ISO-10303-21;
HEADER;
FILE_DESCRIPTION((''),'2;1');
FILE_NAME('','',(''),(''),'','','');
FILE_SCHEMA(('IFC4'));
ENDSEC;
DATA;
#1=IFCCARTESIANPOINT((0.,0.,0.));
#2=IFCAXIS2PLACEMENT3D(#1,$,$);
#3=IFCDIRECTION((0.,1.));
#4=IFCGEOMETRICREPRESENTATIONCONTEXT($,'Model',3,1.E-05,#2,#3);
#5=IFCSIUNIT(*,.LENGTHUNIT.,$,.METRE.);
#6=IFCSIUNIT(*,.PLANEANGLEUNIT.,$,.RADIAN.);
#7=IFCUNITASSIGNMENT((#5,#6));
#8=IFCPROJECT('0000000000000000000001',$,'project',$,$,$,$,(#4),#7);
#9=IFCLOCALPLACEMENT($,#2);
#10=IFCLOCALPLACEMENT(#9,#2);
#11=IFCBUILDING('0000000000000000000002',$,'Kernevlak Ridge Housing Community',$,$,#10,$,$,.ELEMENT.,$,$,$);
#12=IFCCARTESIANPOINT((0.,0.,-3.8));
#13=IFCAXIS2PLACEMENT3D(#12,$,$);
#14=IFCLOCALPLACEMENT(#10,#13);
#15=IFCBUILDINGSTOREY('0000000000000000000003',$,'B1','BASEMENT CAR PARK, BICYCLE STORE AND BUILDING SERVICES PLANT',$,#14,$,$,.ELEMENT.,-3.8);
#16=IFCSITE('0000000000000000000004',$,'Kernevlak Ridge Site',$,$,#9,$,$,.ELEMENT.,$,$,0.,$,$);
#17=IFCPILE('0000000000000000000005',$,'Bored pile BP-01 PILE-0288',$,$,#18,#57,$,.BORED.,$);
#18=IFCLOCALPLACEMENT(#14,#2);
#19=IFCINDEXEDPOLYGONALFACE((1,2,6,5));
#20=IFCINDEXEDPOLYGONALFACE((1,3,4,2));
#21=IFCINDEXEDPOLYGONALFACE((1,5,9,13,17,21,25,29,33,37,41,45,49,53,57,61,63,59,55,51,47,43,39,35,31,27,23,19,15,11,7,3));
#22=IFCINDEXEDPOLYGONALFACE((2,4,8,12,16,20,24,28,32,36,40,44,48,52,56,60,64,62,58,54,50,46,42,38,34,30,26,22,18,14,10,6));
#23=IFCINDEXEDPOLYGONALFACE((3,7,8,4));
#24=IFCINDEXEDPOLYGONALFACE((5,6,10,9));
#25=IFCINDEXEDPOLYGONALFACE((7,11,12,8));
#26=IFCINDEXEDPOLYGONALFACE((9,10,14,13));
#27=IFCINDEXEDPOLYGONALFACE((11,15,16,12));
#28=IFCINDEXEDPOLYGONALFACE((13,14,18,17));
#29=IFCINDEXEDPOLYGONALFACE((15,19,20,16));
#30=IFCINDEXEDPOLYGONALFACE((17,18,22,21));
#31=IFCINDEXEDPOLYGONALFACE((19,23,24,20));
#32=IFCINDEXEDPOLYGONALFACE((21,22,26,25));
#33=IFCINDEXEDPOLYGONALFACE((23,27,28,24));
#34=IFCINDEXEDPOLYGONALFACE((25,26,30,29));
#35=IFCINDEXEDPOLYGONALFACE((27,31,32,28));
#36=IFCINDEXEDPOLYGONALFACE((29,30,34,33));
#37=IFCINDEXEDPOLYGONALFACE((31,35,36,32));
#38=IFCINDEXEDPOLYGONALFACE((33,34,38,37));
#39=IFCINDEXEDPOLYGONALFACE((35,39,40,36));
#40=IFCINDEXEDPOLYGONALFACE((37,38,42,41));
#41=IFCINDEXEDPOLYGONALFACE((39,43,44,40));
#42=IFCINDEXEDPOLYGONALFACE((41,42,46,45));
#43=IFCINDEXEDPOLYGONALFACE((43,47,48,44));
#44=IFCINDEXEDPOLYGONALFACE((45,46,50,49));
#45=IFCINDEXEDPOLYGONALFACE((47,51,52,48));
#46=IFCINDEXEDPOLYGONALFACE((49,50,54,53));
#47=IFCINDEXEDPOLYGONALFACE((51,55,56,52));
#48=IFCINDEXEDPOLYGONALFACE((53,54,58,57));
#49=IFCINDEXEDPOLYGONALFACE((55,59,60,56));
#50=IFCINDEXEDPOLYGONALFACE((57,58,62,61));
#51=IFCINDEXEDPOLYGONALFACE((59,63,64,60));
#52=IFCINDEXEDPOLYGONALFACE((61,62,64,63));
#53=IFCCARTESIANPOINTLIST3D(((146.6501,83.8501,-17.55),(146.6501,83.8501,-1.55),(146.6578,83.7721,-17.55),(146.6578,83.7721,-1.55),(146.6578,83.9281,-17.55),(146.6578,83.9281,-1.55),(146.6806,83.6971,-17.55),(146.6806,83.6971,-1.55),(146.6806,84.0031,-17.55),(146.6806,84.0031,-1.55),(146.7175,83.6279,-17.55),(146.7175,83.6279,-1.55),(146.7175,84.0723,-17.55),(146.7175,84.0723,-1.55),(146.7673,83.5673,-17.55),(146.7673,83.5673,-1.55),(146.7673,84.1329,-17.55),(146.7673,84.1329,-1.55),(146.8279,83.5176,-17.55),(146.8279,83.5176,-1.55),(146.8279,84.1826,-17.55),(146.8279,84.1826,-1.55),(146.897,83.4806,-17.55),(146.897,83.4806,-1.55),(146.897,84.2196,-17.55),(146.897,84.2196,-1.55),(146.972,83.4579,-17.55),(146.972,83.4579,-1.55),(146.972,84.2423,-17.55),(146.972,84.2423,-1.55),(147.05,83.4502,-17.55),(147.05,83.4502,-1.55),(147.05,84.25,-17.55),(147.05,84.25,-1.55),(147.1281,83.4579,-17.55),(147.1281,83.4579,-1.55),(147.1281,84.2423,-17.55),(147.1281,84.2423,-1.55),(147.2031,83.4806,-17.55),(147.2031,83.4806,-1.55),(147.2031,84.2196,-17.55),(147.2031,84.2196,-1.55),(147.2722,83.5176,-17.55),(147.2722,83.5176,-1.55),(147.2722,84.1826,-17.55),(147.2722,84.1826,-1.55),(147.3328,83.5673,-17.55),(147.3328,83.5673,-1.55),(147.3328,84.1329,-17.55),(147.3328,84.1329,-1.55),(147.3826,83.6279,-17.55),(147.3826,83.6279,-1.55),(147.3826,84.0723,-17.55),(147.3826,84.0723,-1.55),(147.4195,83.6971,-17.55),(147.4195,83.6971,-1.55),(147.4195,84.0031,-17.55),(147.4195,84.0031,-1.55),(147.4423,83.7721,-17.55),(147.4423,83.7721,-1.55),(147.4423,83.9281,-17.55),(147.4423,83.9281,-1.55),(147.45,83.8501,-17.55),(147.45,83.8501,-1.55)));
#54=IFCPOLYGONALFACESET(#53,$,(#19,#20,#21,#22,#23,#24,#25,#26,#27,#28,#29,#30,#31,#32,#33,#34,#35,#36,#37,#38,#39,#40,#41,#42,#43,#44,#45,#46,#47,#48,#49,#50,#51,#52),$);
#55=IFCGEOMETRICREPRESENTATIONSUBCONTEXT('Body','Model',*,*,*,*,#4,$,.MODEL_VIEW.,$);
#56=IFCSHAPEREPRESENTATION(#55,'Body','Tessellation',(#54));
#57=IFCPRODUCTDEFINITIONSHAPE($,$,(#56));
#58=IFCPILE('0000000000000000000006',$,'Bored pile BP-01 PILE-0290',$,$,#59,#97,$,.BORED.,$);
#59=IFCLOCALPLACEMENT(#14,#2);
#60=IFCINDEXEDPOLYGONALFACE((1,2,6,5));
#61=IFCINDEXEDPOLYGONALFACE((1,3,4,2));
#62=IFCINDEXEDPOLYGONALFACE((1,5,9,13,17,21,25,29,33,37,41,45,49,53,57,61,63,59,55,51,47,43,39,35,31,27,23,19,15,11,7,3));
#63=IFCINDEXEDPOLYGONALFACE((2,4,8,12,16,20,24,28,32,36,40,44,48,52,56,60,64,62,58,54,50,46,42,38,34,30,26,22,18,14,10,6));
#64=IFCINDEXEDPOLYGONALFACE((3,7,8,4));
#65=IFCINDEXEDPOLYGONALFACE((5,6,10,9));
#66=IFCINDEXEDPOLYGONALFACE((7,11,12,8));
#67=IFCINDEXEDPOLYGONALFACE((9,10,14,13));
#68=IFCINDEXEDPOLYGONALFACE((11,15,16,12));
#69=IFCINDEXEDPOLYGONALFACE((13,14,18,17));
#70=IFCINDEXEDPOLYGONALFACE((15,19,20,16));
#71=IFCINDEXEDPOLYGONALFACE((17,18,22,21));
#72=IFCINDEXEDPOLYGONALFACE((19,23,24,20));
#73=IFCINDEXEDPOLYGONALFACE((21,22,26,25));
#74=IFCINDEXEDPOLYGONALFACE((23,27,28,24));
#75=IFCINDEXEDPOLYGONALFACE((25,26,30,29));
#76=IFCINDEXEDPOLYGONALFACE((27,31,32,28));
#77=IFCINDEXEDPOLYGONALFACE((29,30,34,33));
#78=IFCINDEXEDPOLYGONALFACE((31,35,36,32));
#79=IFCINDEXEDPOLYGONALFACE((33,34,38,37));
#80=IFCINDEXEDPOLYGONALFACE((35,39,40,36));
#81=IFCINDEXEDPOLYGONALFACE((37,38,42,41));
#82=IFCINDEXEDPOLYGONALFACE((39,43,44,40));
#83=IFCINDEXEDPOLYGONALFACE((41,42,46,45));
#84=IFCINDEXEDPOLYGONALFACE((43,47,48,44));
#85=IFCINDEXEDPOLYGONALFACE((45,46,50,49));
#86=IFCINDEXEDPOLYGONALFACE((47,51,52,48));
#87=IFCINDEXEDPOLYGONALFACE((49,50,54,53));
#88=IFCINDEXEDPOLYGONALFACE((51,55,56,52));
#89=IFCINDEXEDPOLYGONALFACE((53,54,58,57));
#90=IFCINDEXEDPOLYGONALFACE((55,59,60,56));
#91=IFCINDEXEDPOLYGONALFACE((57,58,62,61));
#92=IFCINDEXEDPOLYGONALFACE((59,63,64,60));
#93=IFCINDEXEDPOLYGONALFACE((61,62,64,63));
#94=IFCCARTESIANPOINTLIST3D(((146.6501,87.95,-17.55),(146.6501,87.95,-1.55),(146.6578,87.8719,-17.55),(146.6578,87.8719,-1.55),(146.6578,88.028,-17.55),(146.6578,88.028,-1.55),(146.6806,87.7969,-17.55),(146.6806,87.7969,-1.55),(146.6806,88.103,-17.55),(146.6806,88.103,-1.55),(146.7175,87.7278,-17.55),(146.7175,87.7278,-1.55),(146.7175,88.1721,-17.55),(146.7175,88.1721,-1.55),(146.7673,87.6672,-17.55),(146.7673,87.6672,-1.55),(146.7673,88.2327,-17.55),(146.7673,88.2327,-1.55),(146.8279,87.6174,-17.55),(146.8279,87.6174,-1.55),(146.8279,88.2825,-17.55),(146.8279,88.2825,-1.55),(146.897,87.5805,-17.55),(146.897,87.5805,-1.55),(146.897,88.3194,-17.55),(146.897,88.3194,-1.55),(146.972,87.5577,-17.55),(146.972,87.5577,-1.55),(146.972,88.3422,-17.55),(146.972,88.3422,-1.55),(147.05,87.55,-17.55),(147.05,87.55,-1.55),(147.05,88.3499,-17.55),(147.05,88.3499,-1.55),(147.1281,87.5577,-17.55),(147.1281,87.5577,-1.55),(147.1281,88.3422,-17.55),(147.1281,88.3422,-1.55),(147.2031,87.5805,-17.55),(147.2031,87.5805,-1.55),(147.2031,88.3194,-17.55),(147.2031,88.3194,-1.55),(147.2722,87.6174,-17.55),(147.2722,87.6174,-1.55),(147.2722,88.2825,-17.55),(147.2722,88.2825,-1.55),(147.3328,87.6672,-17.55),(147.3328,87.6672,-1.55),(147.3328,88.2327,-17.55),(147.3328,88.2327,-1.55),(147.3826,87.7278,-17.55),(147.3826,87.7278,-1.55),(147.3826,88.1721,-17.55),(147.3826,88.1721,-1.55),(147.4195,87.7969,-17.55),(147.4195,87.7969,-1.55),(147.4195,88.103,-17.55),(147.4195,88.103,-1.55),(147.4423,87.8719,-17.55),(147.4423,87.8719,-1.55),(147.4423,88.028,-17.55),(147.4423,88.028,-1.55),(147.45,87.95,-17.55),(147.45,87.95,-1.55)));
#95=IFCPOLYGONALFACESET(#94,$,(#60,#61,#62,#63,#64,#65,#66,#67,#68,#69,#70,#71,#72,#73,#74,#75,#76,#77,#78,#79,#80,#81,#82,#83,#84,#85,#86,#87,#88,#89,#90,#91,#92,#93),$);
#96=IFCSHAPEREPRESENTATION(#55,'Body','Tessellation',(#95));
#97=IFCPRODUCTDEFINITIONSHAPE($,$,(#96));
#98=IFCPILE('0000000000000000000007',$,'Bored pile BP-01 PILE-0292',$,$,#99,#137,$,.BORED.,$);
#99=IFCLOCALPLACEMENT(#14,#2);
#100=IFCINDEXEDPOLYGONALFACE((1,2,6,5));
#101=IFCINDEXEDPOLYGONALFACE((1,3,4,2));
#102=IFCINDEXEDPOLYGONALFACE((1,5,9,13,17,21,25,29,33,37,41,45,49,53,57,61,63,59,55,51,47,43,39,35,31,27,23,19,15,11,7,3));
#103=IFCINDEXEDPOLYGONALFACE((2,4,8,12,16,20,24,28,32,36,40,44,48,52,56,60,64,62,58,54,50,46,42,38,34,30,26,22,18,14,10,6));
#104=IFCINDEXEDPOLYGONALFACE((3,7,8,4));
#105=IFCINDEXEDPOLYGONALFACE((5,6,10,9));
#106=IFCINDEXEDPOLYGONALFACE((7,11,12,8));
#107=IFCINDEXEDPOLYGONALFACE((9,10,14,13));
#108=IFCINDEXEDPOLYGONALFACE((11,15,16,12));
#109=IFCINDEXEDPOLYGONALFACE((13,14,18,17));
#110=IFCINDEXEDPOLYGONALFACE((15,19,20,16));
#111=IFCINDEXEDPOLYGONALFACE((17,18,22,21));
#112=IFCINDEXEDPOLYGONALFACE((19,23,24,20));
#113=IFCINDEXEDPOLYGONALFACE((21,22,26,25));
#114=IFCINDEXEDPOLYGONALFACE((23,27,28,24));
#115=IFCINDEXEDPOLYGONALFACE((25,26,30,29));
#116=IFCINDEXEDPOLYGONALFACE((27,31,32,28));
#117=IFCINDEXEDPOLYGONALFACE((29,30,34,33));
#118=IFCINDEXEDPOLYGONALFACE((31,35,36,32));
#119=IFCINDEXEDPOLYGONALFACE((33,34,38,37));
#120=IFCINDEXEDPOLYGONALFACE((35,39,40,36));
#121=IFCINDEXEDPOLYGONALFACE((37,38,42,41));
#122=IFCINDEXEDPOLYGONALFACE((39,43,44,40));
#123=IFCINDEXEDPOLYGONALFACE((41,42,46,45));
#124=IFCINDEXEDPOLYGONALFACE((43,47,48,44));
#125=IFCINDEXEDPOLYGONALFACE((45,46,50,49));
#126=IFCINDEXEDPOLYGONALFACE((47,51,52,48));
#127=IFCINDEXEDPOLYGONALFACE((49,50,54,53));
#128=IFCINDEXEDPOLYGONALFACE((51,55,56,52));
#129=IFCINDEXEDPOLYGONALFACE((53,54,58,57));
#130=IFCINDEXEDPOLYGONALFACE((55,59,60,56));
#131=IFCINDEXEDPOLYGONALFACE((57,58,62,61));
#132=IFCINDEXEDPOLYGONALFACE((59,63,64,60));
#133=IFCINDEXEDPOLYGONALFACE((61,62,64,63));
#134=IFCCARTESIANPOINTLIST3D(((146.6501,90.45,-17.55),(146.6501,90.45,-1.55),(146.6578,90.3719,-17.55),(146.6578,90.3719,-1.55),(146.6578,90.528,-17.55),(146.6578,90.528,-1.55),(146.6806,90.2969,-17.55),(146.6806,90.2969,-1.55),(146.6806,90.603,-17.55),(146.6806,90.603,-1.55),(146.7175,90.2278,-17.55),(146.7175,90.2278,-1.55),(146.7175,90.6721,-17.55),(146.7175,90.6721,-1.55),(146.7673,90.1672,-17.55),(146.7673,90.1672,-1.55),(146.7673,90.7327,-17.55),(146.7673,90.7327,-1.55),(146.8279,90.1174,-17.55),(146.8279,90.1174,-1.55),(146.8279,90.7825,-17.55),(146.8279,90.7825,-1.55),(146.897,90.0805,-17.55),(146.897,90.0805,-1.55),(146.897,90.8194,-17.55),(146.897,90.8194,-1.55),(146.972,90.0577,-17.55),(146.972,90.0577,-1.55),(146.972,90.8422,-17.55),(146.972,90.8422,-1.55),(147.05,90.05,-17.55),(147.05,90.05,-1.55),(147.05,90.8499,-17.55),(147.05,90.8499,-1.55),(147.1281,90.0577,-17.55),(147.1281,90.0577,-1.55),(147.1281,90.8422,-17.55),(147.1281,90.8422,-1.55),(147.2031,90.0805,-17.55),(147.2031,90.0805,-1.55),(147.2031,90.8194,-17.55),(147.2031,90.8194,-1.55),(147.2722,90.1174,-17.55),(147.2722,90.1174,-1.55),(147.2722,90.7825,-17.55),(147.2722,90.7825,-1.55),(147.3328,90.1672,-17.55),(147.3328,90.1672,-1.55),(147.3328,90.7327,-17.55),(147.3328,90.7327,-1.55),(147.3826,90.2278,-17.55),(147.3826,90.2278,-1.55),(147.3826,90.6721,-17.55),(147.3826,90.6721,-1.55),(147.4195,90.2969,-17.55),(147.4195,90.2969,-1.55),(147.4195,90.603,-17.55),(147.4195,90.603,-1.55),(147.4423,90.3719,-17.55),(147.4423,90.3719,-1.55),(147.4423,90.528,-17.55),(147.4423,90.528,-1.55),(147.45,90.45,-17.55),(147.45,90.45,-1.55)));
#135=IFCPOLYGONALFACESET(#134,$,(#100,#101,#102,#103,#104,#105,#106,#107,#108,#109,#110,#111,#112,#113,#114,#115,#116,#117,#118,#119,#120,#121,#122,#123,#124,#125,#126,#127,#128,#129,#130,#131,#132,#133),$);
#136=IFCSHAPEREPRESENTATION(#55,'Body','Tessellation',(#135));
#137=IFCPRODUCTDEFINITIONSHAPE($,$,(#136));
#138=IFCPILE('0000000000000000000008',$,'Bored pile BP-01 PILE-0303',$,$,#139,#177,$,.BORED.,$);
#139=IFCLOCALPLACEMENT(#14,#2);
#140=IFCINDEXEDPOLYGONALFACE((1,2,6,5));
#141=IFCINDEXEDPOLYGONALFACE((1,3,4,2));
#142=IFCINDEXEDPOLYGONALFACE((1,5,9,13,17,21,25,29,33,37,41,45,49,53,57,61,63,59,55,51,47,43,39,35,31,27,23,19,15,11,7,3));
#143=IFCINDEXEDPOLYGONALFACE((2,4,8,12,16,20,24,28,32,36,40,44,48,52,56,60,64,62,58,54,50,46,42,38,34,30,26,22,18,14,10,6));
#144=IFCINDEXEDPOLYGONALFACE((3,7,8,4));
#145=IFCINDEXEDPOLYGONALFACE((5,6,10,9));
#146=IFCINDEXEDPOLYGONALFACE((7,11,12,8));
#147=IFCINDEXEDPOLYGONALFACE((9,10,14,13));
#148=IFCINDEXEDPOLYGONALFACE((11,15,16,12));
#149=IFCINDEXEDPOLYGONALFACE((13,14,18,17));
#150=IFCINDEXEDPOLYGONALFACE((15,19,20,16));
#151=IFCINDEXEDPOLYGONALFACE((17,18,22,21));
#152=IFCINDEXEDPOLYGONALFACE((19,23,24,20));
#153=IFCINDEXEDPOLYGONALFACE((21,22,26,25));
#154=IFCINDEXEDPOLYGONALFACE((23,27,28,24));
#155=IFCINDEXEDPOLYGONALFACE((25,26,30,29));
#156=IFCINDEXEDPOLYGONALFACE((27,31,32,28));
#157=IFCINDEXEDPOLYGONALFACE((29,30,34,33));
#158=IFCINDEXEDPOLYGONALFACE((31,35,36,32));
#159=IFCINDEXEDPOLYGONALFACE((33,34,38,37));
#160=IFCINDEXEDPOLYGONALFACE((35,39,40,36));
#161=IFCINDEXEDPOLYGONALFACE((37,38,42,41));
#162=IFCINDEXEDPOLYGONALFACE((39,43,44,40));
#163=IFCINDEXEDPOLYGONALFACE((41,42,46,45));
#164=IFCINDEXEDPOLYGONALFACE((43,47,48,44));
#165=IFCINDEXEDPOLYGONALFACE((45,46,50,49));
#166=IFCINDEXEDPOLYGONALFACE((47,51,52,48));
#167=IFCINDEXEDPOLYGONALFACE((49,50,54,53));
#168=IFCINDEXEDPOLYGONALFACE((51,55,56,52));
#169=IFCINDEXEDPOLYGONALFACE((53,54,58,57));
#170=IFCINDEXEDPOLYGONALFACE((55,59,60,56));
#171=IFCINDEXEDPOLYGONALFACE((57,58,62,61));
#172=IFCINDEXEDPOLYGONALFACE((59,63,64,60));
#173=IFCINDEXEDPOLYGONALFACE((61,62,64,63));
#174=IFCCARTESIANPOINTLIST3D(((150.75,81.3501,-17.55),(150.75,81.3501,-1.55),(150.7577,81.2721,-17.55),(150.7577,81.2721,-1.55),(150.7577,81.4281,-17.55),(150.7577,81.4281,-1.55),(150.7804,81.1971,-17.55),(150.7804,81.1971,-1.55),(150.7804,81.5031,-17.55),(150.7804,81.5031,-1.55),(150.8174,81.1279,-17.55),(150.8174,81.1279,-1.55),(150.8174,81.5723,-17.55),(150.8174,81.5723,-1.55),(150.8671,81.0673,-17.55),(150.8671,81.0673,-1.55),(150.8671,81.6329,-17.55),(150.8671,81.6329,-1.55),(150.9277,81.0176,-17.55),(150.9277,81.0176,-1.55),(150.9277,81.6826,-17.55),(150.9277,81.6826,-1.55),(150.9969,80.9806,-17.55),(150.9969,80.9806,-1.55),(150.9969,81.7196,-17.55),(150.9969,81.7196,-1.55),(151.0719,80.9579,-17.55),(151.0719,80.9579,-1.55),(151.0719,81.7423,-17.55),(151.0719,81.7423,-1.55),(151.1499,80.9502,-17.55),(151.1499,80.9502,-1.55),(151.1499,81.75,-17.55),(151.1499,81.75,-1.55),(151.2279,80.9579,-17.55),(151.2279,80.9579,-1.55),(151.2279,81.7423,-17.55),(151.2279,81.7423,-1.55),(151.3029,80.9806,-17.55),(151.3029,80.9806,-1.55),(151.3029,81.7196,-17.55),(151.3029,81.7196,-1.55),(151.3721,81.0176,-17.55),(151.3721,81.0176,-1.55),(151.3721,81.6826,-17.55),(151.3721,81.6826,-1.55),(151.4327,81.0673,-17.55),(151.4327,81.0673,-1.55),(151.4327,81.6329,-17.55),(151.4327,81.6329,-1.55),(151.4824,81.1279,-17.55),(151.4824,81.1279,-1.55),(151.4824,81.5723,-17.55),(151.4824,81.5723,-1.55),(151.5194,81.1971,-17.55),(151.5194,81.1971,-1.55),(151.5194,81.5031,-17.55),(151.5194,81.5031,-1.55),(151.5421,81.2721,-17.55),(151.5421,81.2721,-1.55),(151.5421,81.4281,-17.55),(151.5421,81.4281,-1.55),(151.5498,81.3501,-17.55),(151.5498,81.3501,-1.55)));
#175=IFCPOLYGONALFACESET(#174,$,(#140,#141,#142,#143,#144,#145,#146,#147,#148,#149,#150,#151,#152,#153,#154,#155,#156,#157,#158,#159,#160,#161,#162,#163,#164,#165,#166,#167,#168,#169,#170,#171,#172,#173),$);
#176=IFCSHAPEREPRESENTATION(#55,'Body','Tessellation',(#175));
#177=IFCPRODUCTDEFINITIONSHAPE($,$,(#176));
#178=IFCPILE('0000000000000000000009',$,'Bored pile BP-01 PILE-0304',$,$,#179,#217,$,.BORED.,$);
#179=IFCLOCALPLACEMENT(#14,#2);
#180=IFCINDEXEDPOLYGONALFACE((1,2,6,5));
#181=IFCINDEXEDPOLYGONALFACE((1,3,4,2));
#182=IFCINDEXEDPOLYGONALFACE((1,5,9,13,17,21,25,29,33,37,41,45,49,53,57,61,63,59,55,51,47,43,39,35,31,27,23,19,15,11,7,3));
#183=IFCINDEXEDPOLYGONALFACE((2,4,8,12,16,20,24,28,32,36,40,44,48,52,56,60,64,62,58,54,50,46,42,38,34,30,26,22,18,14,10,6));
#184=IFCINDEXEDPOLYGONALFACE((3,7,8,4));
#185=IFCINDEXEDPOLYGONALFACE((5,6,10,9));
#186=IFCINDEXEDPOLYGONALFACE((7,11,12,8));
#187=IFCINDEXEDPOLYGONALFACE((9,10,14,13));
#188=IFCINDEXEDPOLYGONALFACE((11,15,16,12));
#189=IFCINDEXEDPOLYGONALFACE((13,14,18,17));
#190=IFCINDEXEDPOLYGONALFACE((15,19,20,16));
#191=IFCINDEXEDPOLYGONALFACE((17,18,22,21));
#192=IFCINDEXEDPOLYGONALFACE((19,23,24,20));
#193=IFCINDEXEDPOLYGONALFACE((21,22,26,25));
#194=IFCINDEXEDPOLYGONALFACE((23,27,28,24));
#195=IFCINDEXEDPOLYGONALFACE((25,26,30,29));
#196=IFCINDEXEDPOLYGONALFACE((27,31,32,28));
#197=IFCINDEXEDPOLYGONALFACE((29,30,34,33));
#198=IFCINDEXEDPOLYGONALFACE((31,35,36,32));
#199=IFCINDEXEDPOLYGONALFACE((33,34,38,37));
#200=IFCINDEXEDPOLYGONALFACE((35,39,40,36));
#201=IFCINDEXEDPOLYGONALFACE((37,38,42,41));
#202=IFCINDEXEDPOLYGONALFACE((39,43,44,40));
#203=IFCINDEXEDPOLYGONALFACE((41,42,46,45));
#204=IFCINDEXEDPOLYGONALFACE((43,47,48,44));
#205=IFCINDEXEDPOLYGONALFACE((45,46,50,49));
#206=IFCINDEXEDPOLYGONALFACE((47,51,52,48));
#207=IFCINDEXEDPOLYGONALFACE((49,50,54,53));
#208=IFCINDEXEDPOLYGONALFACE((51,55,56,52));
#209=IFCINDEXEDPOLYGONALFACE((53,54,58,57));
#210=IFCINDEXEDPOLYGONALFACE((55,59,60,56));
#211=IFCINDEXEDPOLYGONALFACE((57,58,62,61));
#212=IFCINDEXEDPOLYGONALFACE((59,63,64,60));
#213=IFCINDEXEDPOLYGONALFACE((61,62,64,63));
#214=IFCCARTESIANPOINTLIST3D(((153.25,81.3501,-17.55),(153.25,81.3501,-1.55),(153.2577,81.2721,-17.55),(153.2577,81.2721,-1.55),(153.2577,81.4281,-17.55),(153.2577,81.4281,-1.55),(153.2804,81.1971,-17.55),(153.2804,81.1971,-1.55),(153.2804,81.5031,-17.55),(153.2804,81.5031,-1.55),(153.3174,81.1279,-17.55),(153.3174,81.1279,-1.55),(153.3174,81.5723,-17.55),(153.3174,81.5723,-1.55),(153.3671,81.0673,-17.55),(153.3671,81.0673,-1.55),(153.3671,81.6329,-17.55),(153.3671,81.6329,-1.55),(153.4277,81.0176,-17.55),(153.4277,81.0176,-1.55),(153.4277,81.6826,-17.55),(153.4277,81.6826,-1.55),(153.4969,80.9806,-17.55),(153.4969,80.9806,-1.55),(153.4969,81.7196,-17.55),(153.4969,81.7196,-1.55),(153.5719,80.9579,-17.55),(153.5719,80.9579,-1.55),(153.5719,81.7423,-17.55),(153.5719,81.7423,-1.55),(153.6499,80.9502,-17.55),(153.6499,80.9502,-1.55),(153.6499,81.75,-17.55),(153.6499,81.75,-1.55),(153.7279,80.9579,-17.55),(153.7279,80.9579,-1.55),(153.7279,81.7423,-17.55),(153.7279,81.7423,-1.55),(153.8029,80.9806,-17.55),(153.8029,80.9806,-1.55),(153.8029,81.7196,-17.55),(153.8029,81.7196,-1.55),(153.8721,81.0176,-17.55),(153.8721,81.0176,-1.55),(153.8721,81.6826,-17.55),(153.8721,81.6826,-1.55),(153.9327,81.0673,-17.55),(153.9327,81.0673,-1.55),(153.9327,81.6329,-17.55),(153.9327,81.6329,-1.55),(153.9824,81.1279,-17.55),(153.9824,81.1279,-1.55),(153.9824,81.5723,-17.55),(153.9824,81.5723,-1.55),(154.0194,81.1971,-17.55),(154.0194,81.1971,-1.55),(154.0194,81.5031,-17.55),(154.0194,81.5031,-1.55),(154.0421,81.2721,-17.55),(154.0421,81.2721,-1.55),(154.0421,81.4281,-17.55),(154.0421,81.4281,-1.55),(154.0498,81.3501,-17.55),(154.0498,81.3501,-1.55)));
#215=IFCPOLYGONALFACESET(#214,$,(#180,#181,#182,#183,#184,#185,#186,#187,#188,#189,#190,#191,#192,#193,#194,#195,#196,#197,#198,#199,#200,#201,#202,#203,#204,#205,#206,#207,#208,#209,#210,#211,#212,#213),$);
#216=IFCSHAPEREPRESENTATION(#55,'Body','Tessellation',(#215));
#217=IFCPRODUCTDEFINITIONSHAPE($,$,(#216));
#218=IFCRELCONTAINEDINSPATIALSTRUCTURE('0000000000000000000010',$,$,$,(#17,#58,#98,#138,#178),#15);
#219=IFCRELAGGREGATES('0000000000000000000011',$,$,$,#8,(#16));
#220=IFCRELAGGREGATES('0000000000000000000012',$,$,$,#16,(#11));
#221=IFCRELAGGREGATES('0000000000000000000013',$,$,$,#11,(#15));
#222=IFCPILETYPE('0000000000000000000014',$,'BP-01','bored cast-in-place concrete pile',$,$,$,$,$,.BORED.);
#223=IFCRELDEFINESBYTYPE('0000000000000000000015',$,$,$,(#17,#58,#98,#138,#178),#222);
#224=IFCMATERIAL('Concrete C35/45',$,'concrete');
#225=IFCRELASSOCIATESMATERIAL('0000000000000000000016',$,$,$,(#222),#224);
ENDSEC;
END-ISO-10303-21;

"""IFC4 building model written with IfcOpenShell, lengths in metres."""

from ifc_helpers import new_model, si_unit, direction, frame, origin, origin_2d, place, context, subcontext, project, spatial, circle, extrude, material, material_profile, profile_set, type_object, element, save


model = new_model("IFC4")

# Units and contexts
model_context = context("Model", 3, precision=1e-05, world=origin(), true_north=direction((0.0, 1.0)))
body_context = subcontext(model_context, "Body", "Model", "MODEL_VIEW")
ifc_project = project(units=[si_unit("LENGTHUNIT", "METRE"), si_unit("PLANEANGLEUNIT", "RADIAN")], contexts=[model_context])

# Site, building, storey
site_placement = place(None, origin())
site = spatial("IfcSite", under=ifc_project, at=site_placement, Name="Kernevlak Ridge Site", CompositionType="ELEMENT", RefElevation=0.0)
building_placement = place(site_placement, origin())
building = spatial("IfcBuilding", under=site, at=building_placement, Name="Kernevlak Ridge Housing Community", CompositionType="ELEMENT")
storey_placement = place(building_placement, frame((0.0, 0.0, -3.8)))
storey = spatial("IfcBuildingStorey", under=building, at=storey_placement, Name="B1", Description="BASEMENT CAR PARK, BICYCLE STORE AND BUILDING SERVICES PLANT", CompositionType="ELEMENT", Elevation=-3.8)

# Piles
ifc_material_1 = material(Name="Concrete C35/45", Category="concrete")
ifc_material_profile_1 = material_profile(ifc_material_1, circle(Radius=0.3999, at=origin_2d()), Name="BORED PILE 800")
ifc_profile_set_1 = profile_set([ifc_material_profile_1], Name="Concrete C35/45")
pile_type_1 = type_object("IfcPileType", Name="BP-01", Description="bored cast-in-place concrete pile", PredefinedType="BORED", material=ifc_profile_set_1)
for number, where, z_axis, x_axis, name in (
    (1, (147.05, 83.8501, -1.55), (0.0, 0.0, -1.0), (1.0, 0.0, 0.0), "Bored pile BP-01 PILE-0288"),
    (2, (147.05, 87.95, -1.55), (0.0, 0.0, -1.0), (1.0, 0.0, 0.0), "Bored pile BP-01 PILE-0290"),
    (3, (147.05, 90.45, -1.55), (0.0, 0.0, -1.0), (1.0, 0.0, 0.0), "Bored pile BP-01 PILE-0292"),
    (4, (151.1499, 81.3501, -1.55), (0.0, 0.0, -1.0), (1.0, 0.0, 0.0), "Bored pile BP-01 PILE-0303"),
    (5, (153.6499, 81.3501, -1.55), (0.0, 0.0, -1.0), (1.0, 0.0, 0.0), "Bored pile BP-01 PILE-0304"),
):
    element("IfcPile", number, at=place(storey_placement, frame(where, z_axis=z_axis, x_axis=x_axis)), inside=storey, type_object=pile_type_1, Name=name, PredefinedType="BORED", context=body_context, shape_type="SweptSolid", body=[
        extrude(circle(Radius=0.3999, at=origin_2d()), origin(), (0.0, 0.0, 1.0), 16.0),
    ])

save(model, "model.ifc")
